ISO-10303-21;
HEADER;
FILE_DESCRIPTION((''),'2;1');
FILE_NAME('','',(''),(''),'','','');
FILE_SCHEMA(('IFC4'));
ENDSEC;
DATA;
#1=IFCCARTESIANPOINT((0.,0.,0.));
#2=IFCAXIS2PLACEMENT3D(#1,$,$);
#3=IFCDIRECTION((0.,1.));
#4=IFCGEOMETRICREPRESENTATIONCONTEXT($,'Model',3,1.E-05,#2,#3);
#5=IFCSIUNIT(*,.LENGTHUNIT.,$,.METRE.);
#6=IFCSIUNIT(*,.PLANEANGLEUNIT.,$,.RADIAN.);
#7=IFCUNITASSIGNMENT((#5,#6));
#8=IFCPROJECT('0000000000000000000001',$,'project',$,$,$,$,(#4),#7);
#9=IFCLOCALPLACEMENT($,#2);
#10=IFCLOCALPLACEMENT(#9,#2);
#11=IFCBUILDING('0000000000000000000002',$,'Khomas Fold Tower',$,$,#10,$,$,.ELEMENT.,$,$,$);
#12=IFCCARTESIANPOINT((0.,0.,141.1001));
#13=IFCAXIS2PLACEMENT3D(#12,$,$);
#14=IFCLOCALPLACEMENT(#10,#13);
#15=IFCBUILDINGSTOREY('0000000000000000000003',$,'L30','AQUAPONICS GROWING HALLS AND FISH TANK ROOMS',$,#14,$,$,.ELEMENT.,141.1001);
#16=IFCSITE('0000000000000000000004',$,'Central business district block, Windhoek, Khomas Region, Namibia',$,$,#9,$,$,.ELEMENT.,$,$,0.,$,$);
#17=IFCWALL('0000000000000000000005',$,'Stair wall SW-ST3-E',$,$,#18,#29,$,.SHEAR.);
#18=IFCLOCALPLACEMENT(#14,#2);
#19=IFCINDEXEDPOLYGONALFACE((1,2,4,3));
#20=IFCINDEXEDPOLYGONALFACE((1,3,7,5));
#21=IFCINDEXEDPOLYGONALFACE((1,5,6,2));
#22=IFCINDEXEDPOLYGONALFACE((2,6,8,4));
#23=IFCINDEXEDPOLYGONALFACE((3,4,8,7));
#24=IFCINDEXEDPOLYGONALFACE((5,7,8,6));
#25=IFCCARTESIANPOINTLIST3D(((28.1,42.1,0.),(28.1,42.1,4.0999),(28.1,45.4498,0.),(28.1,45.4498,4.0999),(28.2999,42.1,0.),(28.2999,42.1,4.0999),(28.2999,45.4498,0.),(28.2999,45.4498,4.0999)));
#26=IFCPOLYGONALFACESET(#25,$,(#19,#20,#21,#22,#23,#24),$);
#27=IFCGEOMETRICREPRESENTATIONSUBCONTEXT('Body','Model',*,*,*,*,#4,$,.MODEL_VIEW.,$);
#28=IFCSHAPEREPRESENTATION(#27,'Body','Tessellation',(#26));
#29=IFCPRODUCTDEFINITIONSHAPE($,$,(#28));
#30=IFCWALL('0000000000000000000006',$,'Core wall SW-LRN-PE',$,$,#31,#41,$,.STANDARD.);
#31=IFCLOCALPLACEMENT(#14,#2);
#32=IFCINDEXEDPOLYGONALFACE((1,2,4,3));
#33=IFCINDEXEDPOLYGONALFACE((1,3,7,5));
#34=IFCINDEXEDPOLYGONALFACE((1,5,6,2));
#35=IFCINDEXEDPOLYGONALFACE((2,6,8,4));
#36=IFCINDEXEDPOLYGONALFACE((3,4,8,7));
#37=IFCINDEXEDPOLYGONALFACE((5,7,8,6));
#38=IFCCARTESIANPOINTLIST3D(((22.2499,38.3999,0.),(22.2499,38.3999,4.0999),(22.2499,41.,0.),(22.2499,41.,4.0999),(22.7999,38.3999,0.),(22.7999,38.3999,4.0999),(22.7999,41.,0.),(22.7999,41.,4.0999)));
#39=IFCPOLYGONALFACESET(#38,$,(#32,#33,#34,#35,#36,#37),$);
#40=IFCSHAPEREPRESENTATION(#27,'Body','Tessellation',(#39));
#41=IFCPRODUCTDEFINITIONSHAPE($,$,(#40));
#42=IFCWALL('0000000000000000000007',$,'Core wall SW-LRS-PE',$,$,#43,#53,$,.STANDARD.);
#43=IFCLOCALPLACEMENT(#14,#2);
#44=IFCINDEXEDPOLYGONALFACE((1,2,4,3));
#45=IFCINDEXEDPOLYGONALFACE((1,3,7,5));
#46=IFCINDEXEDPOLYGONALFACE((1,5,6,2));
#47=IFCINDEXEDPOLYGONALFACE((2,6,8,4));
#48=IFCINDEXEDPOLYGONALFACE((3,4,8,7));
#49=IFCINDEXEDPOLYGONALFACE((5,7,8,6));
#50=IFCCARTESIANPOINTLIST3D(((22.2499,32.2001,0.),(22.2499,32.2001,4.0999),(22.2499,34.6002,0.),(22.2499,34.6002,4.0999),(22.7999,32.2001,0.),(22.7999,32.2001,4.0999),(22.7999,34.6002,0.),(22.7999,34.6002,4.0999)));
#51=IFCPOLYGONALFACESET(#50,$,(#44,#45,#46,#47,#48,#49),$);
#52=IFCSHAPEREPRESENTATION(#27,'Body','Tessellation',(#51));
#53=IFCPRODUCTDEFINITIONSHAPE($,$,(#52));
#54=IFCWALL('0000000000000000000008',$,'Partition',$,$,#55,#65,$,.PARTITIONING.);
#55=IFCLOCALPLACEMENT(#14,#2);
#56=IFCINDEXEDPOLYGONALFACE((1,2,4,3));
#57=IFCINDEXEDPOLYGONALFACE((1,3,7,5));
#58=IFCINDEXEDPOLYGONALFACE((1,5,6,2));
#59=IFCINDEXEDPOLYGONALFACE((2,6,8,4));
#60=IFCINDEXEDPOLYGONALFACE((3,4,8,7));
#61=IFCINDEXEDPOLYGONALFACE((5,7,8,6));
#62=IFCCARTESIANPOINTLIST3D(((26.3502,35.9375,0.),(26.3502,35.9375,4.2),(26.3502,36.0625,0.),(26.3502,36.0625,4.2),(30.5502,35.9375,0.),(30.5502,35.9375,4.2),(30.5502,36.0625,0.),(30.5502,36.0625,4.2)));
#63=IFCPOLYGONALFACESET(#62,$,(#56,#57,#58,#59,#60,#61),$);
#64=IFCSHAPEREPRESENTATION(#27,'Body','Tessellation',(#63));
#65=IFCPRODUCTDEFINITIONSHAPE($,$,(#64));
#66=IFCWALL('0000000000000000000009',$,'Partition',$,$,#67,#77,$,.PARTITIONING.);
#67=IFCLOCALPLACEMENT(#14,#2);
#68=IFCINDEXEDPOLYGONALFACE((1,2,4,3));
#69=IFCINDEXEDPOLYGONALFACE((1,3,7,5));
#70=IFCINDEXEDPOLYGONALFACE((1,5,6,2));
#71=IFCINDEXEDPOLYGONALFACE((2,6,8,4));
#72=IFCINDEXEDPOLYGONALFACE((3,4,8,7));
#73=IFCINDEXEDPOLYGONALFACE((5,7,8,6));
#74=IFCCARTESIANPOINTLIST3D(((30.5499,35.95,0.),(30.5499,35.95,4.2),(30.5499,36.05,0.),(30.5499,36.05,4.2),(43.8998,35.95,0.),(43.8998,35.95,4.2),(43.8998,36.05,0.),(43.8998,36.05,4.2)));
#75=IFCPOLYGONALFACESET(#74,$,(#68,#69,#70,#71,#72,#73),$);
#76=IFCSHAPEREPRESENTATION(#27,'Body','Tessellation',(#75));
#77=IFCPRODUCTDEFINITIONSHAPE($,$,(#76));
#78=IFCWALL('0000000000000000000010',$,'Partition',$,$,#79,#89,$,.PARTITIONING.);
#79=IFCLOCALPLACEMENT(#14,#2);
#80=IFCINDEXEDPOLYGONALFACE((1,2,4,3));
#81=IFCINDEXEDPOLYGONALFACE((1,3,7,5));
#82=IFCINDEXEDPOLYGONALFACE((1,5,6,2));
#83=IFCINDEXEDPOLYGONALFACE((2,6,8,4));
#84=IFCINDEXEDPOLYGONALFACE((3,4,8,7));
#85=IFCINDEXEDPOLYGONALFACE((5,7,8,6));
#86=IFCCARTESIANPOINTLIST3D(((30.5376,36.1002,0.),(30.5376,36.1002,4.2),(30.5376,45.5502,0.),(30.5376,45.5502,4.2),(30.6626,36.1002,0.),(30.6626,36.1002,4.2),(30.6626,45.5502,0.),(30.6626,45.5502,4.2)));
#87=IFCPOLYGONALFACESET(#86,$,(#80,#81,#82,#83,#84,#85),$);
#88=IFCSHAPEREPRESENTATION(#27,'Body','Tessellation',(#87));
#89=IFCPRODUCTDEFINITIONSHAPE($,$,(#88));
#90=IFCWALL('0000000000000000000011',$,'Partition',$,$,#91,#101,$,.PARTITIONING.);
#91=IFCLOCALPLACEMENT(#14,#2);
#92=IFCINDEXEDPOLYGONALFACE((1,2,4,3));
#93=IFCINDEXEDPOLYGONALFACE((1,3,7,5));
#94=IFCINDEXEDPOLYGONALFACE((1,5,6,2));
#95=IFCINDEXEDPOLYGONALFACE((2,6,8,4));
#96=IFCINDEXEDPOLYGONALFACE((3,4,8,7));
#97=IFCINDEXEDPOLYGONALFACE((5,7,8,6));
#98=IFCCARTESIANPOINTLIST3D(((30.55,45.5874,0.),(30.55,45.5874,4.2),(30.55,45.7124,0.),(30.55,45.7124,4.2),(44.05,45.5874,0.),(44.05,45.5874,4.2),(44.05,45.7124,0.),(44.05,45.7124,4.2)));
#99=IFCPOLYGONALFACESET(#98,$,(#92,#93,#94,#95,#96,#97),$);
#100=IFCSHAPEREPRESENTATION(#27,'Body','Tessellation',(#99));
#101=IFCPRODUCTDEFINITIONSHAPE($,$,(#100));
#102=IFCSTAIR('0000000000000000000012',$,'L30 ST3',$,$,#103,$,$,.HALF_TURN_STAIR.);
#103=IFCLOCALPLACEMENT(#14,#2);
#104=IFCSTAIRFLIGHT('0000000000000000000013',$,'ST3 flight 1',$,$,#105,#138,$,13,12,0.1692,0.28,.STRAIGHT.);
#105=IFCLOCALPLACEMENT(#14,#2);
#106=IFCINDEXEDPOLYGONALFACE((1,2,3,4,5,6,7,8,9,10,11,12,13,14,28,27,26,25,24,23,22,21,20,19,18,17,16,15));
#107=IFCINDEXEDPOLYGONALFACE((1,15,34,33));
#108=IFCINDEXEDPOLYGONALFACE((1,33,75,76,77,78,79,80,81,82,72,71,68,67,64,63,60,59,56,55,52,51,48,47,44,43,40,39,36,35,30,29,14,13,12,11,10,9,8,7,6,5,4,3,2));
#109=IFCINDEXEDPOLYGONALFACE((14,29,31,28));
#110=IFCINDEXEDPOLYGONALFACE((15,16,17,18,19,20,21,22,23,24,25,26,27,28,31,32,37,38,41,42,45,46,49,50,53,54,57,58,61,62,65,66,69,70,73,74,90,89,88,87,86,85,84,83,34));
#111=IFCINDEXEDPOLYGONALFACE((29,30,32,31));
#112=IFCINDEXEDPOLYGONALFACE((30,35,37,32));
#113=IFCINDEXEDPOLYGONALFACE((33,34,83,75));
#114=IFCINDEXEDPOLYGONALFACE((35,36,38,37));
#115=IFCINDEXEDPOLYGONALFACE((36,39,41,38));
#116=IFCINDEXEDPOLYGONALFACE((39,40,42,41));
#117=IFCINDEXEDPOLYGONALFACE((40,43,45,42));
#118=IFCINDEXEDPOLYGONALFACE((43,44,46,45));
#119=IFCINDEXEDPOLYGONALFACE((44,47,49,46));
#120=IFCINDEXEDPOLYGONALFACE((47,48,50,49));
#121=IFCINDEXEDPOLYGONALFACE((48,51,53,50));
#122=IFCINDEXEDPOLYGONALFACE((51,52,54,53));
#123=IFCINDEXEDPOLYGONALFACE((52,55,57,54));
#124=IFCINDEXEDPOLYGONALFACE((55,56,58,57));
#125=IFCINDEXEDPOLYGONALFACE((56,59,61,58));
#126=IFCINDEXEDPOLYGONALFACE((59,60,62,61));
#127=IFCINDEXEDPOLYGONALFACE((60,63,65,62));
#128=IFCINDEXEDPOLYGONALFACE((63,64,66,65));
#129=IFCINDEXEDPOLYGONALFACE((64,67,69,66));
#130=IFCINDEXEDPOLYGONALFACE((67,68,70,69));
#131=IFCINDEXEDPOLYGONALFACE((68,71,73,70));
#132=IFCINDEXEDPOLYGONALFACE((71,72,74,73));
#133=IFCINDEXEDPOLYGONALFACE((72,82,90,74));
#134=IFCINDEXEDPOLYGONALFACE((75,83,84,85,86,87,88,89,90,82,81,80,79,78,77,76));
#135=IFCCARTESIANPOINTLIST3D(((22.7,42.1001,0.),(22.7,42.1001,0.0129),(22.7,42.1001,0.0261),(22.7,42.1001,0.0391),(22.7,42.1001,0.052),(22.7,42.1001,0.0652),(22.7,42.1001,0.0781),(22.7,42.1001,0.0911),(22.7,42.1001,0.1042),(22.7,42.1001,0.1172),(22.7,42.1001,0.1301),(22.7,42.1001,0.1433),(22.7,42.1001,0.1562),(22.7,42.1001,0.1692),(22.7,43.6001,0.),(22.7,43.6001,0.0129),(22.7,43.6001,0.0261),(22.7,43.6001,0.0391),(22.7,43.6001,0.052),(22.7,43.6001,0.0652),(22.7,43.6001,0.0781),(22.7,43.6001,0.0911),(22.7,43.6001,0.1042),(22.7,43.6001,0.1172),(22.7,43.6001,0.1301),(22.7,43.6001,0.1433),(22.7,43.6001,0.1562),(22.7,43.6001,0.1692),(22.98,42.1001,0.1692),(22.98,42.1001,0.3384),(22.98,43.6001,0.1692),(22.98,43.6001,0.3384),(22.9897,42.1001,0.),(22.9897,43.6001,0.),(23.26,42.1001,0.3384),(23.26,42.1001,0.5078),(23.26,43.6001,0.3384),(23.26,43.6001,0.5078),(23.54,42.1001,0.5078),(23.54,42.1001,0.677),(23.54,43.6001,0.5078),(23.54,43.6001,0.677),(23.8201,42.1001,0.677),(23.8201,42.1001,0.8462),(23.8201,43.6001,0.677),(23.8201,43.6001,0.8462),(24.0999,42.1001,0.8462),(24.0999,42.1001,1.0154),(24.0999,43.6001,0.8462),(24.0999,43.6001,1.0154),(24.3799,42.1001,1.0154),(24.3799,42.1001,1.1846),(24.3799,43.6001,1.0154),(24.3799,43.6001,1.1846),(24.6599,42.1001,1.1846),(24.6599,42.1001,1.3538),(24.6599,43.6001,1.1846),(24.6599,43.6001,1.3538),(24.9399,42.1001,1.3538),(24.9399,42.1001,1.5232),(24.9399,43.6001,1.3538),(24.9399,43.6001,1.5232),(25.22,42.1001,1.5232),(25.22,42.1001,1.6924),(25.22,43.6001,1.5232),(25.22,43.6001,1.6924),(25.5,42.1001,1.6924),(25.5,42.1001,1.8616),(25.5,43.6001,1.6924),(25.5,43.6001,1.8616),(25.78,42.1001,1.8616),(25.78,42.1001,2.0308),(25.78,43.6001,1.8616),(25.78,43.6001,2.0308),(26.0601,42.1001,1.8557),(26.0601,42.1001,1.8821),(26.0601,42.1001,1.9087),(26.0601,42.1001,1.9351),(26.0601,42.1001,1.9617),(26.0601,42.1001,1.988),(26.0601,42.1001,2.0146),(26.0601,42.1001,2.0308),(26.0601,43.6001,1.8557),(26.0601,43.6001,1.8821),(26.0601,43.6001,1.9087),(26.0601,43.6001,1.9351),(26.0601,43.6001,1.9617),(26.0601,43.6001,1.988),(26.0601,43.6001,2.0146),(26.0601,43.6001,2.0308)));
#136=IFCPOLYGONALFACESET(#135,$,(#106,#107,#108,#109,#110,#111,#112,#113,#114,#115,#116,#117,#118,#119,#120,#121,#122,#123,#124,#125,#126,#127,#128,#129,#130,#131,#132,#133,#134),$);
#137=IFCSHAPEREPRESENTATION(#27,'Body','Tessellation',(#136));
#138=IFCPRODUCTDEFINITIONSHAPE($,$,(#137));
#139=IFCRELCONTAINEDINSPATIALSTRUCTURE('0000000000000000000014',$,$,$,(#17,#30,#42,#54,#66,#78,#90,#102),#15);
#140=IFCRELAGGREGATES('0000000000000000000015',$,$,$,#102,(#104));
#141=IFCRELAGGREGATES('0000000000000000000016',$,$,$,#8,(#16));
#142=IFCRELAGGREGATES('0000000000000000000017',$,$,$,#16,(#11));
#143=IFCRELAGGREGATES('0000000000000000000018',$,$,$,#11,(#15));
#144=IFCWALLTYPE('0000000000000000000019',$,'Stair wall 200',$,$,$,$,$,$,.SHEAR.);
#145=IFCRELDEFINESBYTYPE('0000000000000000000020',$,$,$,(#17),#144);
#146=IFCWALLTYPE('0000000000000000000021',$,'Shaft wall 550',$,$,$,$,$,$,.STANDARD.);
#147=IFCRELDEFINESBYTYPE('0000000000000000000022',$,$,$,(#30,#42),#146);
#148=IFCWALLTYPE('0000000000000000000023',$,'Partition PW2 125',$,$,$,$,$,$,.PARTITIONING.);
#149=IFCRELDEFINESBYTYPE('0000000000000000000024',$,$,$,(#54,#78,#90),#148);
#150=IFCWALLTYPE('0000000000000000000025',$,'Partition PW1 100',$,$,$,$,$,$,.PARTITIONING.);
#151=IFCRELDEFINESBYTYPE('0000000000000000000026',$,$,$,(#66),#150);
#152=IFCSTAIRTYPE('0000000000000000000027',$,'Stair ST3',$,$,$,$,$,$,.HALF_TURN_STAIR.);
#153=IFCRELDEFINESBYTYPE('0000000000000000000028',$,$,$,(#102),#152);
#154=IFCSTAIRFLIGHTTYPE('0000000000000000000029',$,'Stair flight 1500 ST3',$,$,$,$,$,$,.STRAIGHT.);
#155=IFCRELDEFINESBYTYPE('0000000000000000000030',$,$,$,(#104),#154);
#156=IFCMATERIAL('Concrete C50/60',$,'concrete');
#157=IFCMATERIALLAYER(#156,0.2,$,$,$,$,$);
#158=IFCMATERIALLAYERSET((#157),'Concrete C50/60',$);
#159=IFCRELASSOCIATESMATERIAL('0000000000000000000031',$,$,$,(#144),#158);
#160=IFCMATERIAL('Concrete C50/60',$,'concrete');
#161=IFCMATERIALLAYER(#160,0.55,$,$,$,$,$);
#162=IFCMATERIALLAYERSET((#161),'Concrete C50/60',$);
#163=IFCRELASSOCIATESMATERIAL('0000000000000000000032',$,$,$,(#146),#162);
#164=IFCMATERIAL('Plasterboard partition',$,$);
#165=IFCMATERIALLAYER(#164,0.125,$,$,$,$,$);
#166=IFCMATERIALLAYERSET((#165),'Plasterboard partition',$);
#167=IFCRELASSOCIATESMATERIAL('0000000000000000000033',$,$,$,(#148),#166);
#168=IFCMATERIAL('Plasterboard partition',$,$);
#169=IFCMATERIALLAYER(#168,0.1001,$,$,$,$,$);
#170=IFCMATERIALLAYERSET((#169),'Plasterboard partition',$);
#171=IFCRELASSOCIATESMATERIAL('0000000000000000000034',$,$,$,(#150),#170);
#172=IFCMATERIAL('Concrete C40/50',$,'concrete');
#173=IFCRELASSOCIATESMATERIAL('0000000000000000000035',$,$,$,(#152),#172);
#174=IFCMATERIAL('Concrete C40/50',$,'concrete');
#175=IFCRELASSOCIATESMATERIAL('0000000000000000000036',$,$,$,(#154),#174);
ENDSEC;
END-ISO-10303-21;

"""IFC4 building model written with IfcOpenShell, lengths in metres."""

from ifc_helpers import new_model, si_unit, direction, frame, frame_2d, origin, place, context, subcontext, project, spatial, polyline, rectangle, outline, extrude, source, transform, mapped, material, layer, layer_set, type_object, element, aggregate, save


model = new_model("IFC4")

# Units and contexts
model_context = context("Model", 3, precision=1e-05, world=origin(), true_north=direction((0.0, 1.0)))
body_context = subcontext(model_context, "Body", "Model", "MODEL_VIEW")
ifc_project = project(units=[si_unit("LENGTHUNIT", "METRE"), si_unit("PLANEANGLEUNIT", "RADIAN")], contexts=[model_context])

# Site, building, storey
site_placement = place(None, origin())
site = spatial("IfcSite", under=ifc_project, at=site_placement, Name="Central business district block, Windhoek, Khomas Region, Namibia", CompositionType="ELEMENT", RefElevation=0.0)
building_placement = place(site_placement, origin())
building = spatial("IfcBuilding", under=site, at=building_placement, Name="Khomas Fold Tower", CompositionType="ELEMENT")
storey_placement = place(building_placement, frame((0.0, 0.0, 141.1001)))
storey = spatial("IfcBuildingStorey", under=building, at=storey_placement, Name="L30", Description="AQUAPONICS GROWING HALLS AND FISH TANK ROOMS", CompositionType="ELEMENT", Elevation=141.1001)

# Shared definitions
ifc_material_1 = material(Name="Concrete C50/60", Category="concrete")
ifc_layer_1 = layer(ifc_material_1, 0.2)
ifc_layer_set_1 = layer_set([ifc_layer_1], Name="Concrete C50/60")
wall_type_1 = type_object("IfcWallType", Name="Stair wall 200", PredefinedType="SHEAR", material=ifc_layer_set_1)

# Walls
shared_shape_1 = source(origin(), body_context, "Body", "SweptSolid", [
    extrude(rectangle(XDim=3.3499, YDim=0.2, at=frame_2d((1.6748, 0.0))), origin(), (0.0, 0.0, 1.0), 4.0999),
])
wall_1_placement = place(storey_placement, frame((28.2, 42.1001, 0.0), z_axis=(0.0, 0.0, 1.0), x_axis=(0.0, 1.0, 0.0)))
element("IfcWall", 1, at=wall_1_placement, inside=storey, type_object=wall_type_1, Name="Stair wall SW-ST3-E", PredefinedType="SHEAR", context=body_context, shape_type="MappedRepresentation", body=[
    mapped(shared_shape_1, transform((0.0, 0.0, 0.0))),
])
ifc_material_2 = material(Name="Concrete C50/60", Category="concrete")
ifc_layer_2 = layer(ifc_material_2, 0.55)
ifc_layer_set_2 = layer_set([ifc_layer_2], Name="Concrete C50/60")
wall_type_2 = type_object("IfcWallType", Name="Shaft wall 550", PredefinedType="STANDARD", material=ifc_layer_set_2)
shared_shape_2 = source(origin(), body_context, "Body", "SweptSolid", [
    extrude(rectangle(XDim=2.6001, YDim=0.55, at=frame_2d((1.3, 0.0))), origin(), (0.0, 0.0, 1.0), 4.0999),
])
wall_2_placement = place(storey_placement, frame((22.5249, 38.3999, 0.0), z_axis=(0.0, 0.0, 1.0), x_axis=(0.0, 1.0, 0.0)))
element("IfcWall", 2, at=wall_2_placement, inside=storey, type_object=wall_type_2, Name="Core wall SW-LRN-PE", PredefinedType="STANDARD", context=body_context, shape_type="MappedRepresentation", body=[
    mapped(shared_shape_2, transform((0.0, 0.0, 0.0))),
])
shared_shape_3 = source(origin(), body_context, "Body", "SweptSolid", [
    extrude(rectangle(XDim=2.4001, YDim=0.55, at=frame_2d((1.2002, 0.0))), origin(), (0.0, 0.0, 1.0), 4.0999),
])
wall_3_placement = place(storey_placement, frame((22.5249, 32.2, 0.0), z_axis=(0.0, 0.0, 1.0), x_axis=(0.0, 1.0, 0.0)))
element("IfcWall", 3, at=wall_3_placement, inside=storey, type_object=wall_type_2, Name="Core wall SW-LRS-PE", PredefinedType="STANDARD", context=body_context, shape_type="MappedRepresentation", body=[
    mapped(shared_shape_3, transform((0.0, 0.0, 0.0))),
])
ifc_material_3 = material(Name="Plasterboard partition")
ifc_layer_3 = layer(ifc_material_3, 0.125)
ifc_layer_set_3 = layer_set([ifc_layer_3], Name="Plasterboard partition")
wall_type_3 = type_object("IfcWallType", Name="Partition PW2 125", PredefinedType="PARTITIONING", material=ifc_layer_set_3)
shared_shape_4 = source(origin(), body_context, "Body", "SweptSolid", [
    extrude(rectangle(XDim=4.2, YDim=0.125, at=frame_2d((2.1001, 0.0))), origin(), (0.0, 0.0, 1.0), 4.2),
])
wall_4_placement = place(storey_placement, frame((26.3501, 36.0, 0.0), z_axis=(0.0, 0.0, 1.0), x_axis=(1.0, 0.0, 0.0)))
element("IfcWall", 4, at=wall_4_placement, inside=storey, type_object=wall_type_3, Name="Partition", PredefinedType="PARTITIONING", context=body_context, shape_type="MappedRepresentation", body=[
    mapped(shared_shape_4, transform((0.0, 0.0, 0.0))),
])
ifc_material_4 = material(Name="Plasterboard partition")
ifc_layer_4 = layer(ifc_material_4, 0.1001)
ifc_layer_set_4 = layer_set([ifc_layer_4], Name="Plasterboard partition")
wall_type_4 = type_object("IfcWallType", Name="Partition PW1 100", PredefinedType="PARTITIONING", material=ifc_layer_set_4)
shared_shape_5 = source(origin(), body_context, "Body", "SweptSolid", [
    extrude(rectangle(XDim=13.3499, YDim=0.1001, at=frame_2d((6.6748, 0.0))), origin(), (0.0, 0.0, 1.0), 4.2),
])
wall_5_placement = place(storey_placement, frame((30.55, 36.0, 0.0), z_axis=(0.0, 0.0, 1.0), x_axis=(1.0, 0.0, 0.0)))
element("IfcWall", 5, at=wall_5_placement, inside=storey, type_object=wall_type_4, Name="Partition", PredefinedType="PARTITIONING", context=body_context, shape_type="MappedRepresentation", body=[
    mapped(shared_shape_5, transform((0.0, 0.0, 0.0))),
])
shared_shape_6 = source(origin(), body_context, "Body", "SweptSolid", [
    extrude(rectangle(XDim=9.45, YDim=0.125, at=frame_2d((4.7251, 0.0))), origin(), (0.0, 0.0, 1.0), 4.2),
])
wall_6_placement = place(storey_placement, frame((30.6001, 36.1001, 0.0), z_axis=(0.0, 0.0, 1.0), x_axis=(0.0, 1.0, 0.0)))
element("IfcWall", 6, at=wall_6_placement, inside=storey, type_object=wall_type_3, Name="Partition", PredefinedType="PARTITIONING", context=body_context, shape_type="MappedRepresentation", body=[
    mapped(shared_shape_6, transform((0.0, 0.0, 0.0))),
])
shared_shape_7 = source(origin(), body_context, "Body", "SweptSolid", [
    extrude(rectangle(XDim=13.5, YDim=0.125, at=frame_2d((6.75, 0.0))), origin(), (0.0, 0.0, 1.0), 4.2),
])
wall_7_placement = place(storey_placement, frame((30.55, 45.6499, 0.0), z_axis=(0.0, 0.0, 1.0), x_axis=(1.0, 0.0, 0.0)))
element("IfcWall", 7, at=wall_7_placement, inside=storey, type_object=wall_type_3, Name="Partition", PredefinedType="PARTITIONING", context=body_context, shape_type="MappedRepresentation", body=[
    mapped(shared_shape_7, transform((0.0, 0.0, 0.0))),
])

# Stair, stair flight
ifc_material_5 = material(Name="Concrete C40/50", Category="concrete")
stair_type = type_object("IfcStairType", Name="Stair ST3", PredefinedType="HALF_TURN_STAIR", material=ifc_material_5)
stair_placement = place(storey_placement, origin())
stair = element("IfcStair", 8, at=stair_placement, inside=storey, type_object=stair_type, Name="L30 ST3", PredefinedType="HALF_TURN_STAIR")
ifc_material_6 = material(Name="Concrete C40/50", Category="concrete")
stair_flight_type = type_object("IfcStairFlightType", Name="Stair flight 1500 ST3", PredefinedType="STRAIGHT", material=ifc_material_6)
shared_shape_8 = source(origin(), body_context, "Body", "SweptSolid", [
    extrude(outline(polyline([(0.0, 0.0), (0.0, 0.0129), (0.0, 0.0261), (0.0, 0.0391), (0.0, 0.052), (0.0, 0.0652), (0.0, 0.0781), (0.0, 0.0911), (0.0, 0.1042), (0.0, 0.1172), (0.0, 0.1301), (0.0, 0.1433), (0.0, 0.1562), (0.0, 0.1692), (0.28, 0.1692), (0.28, 0.3384), (0.5601, 0.3384), (0.5601, 0.5078), (0.8401, 0.5078), (0.8401, 0.677), (1.1201, 0.677), (1.1201, 0.8462), (1.3999, 0.8462), (1.3999, 1.0154), (1.6799, 1.0154), (1.6799, 1.1846), (1.96, 1.1846), (1.96, 1.3538), (2.24, 1.3538), (2.24, 1.5232), (2.52, 1.5232), (2.52, 1.6924), (2.8, 1.6924), (2.8, 1.8616), (3.0801, 1.8616), (3.0801, 2.0308), (3.3601, 2.0308), (3.3601, 2.2), (3.3601, 2.1736), (3.3601, 2.147), (3.3601, 2.1206), (3.3601, 2.094), (3.3601, 2.0676), (3.3601, 2.041), (3.3601, 2.0146), (3.3601, 1.988), (3.3601, 1.9617), (3.3601, 1.9351), (3.3601, 1.9087), (3.3601, 1.8821), (3.3601, 1.8557), (0.2898, 0.0), (0.0, 0.0)])), frame((0.0, 0.75, 0.0), z_axis=(0.0, -1.0, 0.0), x_axis=(1.0, 0.0, 0.0)), (0.0, 0.0, 1.0), 1.5),
])
stair_flight_1_placement = place(storey_placement, frame((22.7, 42.8501, 0.0), z_axis=(0.0, 0.0, 1.0), x_axis=(1.0, 0.0, 0.0)))
stair_flight_1 = element("IfcStairFlight", 9, at=stair_flight_1_placement, type_object=stair_flight_type, Name="ST3 flight 1", NumberOfRisers=13, NumberOfTreads=12, PredefinedType="STRAIGHT", RiserHeight=0.1692, TreadLength=0.28, context=body_context, shape_type="MappedRepresentation", body=[
    mapped(shared_shape_8, transform((0.0, 0.0, 0.0))),
])
aggregate(stair, [stair_flight_1])

save(model, "model.ifc")
